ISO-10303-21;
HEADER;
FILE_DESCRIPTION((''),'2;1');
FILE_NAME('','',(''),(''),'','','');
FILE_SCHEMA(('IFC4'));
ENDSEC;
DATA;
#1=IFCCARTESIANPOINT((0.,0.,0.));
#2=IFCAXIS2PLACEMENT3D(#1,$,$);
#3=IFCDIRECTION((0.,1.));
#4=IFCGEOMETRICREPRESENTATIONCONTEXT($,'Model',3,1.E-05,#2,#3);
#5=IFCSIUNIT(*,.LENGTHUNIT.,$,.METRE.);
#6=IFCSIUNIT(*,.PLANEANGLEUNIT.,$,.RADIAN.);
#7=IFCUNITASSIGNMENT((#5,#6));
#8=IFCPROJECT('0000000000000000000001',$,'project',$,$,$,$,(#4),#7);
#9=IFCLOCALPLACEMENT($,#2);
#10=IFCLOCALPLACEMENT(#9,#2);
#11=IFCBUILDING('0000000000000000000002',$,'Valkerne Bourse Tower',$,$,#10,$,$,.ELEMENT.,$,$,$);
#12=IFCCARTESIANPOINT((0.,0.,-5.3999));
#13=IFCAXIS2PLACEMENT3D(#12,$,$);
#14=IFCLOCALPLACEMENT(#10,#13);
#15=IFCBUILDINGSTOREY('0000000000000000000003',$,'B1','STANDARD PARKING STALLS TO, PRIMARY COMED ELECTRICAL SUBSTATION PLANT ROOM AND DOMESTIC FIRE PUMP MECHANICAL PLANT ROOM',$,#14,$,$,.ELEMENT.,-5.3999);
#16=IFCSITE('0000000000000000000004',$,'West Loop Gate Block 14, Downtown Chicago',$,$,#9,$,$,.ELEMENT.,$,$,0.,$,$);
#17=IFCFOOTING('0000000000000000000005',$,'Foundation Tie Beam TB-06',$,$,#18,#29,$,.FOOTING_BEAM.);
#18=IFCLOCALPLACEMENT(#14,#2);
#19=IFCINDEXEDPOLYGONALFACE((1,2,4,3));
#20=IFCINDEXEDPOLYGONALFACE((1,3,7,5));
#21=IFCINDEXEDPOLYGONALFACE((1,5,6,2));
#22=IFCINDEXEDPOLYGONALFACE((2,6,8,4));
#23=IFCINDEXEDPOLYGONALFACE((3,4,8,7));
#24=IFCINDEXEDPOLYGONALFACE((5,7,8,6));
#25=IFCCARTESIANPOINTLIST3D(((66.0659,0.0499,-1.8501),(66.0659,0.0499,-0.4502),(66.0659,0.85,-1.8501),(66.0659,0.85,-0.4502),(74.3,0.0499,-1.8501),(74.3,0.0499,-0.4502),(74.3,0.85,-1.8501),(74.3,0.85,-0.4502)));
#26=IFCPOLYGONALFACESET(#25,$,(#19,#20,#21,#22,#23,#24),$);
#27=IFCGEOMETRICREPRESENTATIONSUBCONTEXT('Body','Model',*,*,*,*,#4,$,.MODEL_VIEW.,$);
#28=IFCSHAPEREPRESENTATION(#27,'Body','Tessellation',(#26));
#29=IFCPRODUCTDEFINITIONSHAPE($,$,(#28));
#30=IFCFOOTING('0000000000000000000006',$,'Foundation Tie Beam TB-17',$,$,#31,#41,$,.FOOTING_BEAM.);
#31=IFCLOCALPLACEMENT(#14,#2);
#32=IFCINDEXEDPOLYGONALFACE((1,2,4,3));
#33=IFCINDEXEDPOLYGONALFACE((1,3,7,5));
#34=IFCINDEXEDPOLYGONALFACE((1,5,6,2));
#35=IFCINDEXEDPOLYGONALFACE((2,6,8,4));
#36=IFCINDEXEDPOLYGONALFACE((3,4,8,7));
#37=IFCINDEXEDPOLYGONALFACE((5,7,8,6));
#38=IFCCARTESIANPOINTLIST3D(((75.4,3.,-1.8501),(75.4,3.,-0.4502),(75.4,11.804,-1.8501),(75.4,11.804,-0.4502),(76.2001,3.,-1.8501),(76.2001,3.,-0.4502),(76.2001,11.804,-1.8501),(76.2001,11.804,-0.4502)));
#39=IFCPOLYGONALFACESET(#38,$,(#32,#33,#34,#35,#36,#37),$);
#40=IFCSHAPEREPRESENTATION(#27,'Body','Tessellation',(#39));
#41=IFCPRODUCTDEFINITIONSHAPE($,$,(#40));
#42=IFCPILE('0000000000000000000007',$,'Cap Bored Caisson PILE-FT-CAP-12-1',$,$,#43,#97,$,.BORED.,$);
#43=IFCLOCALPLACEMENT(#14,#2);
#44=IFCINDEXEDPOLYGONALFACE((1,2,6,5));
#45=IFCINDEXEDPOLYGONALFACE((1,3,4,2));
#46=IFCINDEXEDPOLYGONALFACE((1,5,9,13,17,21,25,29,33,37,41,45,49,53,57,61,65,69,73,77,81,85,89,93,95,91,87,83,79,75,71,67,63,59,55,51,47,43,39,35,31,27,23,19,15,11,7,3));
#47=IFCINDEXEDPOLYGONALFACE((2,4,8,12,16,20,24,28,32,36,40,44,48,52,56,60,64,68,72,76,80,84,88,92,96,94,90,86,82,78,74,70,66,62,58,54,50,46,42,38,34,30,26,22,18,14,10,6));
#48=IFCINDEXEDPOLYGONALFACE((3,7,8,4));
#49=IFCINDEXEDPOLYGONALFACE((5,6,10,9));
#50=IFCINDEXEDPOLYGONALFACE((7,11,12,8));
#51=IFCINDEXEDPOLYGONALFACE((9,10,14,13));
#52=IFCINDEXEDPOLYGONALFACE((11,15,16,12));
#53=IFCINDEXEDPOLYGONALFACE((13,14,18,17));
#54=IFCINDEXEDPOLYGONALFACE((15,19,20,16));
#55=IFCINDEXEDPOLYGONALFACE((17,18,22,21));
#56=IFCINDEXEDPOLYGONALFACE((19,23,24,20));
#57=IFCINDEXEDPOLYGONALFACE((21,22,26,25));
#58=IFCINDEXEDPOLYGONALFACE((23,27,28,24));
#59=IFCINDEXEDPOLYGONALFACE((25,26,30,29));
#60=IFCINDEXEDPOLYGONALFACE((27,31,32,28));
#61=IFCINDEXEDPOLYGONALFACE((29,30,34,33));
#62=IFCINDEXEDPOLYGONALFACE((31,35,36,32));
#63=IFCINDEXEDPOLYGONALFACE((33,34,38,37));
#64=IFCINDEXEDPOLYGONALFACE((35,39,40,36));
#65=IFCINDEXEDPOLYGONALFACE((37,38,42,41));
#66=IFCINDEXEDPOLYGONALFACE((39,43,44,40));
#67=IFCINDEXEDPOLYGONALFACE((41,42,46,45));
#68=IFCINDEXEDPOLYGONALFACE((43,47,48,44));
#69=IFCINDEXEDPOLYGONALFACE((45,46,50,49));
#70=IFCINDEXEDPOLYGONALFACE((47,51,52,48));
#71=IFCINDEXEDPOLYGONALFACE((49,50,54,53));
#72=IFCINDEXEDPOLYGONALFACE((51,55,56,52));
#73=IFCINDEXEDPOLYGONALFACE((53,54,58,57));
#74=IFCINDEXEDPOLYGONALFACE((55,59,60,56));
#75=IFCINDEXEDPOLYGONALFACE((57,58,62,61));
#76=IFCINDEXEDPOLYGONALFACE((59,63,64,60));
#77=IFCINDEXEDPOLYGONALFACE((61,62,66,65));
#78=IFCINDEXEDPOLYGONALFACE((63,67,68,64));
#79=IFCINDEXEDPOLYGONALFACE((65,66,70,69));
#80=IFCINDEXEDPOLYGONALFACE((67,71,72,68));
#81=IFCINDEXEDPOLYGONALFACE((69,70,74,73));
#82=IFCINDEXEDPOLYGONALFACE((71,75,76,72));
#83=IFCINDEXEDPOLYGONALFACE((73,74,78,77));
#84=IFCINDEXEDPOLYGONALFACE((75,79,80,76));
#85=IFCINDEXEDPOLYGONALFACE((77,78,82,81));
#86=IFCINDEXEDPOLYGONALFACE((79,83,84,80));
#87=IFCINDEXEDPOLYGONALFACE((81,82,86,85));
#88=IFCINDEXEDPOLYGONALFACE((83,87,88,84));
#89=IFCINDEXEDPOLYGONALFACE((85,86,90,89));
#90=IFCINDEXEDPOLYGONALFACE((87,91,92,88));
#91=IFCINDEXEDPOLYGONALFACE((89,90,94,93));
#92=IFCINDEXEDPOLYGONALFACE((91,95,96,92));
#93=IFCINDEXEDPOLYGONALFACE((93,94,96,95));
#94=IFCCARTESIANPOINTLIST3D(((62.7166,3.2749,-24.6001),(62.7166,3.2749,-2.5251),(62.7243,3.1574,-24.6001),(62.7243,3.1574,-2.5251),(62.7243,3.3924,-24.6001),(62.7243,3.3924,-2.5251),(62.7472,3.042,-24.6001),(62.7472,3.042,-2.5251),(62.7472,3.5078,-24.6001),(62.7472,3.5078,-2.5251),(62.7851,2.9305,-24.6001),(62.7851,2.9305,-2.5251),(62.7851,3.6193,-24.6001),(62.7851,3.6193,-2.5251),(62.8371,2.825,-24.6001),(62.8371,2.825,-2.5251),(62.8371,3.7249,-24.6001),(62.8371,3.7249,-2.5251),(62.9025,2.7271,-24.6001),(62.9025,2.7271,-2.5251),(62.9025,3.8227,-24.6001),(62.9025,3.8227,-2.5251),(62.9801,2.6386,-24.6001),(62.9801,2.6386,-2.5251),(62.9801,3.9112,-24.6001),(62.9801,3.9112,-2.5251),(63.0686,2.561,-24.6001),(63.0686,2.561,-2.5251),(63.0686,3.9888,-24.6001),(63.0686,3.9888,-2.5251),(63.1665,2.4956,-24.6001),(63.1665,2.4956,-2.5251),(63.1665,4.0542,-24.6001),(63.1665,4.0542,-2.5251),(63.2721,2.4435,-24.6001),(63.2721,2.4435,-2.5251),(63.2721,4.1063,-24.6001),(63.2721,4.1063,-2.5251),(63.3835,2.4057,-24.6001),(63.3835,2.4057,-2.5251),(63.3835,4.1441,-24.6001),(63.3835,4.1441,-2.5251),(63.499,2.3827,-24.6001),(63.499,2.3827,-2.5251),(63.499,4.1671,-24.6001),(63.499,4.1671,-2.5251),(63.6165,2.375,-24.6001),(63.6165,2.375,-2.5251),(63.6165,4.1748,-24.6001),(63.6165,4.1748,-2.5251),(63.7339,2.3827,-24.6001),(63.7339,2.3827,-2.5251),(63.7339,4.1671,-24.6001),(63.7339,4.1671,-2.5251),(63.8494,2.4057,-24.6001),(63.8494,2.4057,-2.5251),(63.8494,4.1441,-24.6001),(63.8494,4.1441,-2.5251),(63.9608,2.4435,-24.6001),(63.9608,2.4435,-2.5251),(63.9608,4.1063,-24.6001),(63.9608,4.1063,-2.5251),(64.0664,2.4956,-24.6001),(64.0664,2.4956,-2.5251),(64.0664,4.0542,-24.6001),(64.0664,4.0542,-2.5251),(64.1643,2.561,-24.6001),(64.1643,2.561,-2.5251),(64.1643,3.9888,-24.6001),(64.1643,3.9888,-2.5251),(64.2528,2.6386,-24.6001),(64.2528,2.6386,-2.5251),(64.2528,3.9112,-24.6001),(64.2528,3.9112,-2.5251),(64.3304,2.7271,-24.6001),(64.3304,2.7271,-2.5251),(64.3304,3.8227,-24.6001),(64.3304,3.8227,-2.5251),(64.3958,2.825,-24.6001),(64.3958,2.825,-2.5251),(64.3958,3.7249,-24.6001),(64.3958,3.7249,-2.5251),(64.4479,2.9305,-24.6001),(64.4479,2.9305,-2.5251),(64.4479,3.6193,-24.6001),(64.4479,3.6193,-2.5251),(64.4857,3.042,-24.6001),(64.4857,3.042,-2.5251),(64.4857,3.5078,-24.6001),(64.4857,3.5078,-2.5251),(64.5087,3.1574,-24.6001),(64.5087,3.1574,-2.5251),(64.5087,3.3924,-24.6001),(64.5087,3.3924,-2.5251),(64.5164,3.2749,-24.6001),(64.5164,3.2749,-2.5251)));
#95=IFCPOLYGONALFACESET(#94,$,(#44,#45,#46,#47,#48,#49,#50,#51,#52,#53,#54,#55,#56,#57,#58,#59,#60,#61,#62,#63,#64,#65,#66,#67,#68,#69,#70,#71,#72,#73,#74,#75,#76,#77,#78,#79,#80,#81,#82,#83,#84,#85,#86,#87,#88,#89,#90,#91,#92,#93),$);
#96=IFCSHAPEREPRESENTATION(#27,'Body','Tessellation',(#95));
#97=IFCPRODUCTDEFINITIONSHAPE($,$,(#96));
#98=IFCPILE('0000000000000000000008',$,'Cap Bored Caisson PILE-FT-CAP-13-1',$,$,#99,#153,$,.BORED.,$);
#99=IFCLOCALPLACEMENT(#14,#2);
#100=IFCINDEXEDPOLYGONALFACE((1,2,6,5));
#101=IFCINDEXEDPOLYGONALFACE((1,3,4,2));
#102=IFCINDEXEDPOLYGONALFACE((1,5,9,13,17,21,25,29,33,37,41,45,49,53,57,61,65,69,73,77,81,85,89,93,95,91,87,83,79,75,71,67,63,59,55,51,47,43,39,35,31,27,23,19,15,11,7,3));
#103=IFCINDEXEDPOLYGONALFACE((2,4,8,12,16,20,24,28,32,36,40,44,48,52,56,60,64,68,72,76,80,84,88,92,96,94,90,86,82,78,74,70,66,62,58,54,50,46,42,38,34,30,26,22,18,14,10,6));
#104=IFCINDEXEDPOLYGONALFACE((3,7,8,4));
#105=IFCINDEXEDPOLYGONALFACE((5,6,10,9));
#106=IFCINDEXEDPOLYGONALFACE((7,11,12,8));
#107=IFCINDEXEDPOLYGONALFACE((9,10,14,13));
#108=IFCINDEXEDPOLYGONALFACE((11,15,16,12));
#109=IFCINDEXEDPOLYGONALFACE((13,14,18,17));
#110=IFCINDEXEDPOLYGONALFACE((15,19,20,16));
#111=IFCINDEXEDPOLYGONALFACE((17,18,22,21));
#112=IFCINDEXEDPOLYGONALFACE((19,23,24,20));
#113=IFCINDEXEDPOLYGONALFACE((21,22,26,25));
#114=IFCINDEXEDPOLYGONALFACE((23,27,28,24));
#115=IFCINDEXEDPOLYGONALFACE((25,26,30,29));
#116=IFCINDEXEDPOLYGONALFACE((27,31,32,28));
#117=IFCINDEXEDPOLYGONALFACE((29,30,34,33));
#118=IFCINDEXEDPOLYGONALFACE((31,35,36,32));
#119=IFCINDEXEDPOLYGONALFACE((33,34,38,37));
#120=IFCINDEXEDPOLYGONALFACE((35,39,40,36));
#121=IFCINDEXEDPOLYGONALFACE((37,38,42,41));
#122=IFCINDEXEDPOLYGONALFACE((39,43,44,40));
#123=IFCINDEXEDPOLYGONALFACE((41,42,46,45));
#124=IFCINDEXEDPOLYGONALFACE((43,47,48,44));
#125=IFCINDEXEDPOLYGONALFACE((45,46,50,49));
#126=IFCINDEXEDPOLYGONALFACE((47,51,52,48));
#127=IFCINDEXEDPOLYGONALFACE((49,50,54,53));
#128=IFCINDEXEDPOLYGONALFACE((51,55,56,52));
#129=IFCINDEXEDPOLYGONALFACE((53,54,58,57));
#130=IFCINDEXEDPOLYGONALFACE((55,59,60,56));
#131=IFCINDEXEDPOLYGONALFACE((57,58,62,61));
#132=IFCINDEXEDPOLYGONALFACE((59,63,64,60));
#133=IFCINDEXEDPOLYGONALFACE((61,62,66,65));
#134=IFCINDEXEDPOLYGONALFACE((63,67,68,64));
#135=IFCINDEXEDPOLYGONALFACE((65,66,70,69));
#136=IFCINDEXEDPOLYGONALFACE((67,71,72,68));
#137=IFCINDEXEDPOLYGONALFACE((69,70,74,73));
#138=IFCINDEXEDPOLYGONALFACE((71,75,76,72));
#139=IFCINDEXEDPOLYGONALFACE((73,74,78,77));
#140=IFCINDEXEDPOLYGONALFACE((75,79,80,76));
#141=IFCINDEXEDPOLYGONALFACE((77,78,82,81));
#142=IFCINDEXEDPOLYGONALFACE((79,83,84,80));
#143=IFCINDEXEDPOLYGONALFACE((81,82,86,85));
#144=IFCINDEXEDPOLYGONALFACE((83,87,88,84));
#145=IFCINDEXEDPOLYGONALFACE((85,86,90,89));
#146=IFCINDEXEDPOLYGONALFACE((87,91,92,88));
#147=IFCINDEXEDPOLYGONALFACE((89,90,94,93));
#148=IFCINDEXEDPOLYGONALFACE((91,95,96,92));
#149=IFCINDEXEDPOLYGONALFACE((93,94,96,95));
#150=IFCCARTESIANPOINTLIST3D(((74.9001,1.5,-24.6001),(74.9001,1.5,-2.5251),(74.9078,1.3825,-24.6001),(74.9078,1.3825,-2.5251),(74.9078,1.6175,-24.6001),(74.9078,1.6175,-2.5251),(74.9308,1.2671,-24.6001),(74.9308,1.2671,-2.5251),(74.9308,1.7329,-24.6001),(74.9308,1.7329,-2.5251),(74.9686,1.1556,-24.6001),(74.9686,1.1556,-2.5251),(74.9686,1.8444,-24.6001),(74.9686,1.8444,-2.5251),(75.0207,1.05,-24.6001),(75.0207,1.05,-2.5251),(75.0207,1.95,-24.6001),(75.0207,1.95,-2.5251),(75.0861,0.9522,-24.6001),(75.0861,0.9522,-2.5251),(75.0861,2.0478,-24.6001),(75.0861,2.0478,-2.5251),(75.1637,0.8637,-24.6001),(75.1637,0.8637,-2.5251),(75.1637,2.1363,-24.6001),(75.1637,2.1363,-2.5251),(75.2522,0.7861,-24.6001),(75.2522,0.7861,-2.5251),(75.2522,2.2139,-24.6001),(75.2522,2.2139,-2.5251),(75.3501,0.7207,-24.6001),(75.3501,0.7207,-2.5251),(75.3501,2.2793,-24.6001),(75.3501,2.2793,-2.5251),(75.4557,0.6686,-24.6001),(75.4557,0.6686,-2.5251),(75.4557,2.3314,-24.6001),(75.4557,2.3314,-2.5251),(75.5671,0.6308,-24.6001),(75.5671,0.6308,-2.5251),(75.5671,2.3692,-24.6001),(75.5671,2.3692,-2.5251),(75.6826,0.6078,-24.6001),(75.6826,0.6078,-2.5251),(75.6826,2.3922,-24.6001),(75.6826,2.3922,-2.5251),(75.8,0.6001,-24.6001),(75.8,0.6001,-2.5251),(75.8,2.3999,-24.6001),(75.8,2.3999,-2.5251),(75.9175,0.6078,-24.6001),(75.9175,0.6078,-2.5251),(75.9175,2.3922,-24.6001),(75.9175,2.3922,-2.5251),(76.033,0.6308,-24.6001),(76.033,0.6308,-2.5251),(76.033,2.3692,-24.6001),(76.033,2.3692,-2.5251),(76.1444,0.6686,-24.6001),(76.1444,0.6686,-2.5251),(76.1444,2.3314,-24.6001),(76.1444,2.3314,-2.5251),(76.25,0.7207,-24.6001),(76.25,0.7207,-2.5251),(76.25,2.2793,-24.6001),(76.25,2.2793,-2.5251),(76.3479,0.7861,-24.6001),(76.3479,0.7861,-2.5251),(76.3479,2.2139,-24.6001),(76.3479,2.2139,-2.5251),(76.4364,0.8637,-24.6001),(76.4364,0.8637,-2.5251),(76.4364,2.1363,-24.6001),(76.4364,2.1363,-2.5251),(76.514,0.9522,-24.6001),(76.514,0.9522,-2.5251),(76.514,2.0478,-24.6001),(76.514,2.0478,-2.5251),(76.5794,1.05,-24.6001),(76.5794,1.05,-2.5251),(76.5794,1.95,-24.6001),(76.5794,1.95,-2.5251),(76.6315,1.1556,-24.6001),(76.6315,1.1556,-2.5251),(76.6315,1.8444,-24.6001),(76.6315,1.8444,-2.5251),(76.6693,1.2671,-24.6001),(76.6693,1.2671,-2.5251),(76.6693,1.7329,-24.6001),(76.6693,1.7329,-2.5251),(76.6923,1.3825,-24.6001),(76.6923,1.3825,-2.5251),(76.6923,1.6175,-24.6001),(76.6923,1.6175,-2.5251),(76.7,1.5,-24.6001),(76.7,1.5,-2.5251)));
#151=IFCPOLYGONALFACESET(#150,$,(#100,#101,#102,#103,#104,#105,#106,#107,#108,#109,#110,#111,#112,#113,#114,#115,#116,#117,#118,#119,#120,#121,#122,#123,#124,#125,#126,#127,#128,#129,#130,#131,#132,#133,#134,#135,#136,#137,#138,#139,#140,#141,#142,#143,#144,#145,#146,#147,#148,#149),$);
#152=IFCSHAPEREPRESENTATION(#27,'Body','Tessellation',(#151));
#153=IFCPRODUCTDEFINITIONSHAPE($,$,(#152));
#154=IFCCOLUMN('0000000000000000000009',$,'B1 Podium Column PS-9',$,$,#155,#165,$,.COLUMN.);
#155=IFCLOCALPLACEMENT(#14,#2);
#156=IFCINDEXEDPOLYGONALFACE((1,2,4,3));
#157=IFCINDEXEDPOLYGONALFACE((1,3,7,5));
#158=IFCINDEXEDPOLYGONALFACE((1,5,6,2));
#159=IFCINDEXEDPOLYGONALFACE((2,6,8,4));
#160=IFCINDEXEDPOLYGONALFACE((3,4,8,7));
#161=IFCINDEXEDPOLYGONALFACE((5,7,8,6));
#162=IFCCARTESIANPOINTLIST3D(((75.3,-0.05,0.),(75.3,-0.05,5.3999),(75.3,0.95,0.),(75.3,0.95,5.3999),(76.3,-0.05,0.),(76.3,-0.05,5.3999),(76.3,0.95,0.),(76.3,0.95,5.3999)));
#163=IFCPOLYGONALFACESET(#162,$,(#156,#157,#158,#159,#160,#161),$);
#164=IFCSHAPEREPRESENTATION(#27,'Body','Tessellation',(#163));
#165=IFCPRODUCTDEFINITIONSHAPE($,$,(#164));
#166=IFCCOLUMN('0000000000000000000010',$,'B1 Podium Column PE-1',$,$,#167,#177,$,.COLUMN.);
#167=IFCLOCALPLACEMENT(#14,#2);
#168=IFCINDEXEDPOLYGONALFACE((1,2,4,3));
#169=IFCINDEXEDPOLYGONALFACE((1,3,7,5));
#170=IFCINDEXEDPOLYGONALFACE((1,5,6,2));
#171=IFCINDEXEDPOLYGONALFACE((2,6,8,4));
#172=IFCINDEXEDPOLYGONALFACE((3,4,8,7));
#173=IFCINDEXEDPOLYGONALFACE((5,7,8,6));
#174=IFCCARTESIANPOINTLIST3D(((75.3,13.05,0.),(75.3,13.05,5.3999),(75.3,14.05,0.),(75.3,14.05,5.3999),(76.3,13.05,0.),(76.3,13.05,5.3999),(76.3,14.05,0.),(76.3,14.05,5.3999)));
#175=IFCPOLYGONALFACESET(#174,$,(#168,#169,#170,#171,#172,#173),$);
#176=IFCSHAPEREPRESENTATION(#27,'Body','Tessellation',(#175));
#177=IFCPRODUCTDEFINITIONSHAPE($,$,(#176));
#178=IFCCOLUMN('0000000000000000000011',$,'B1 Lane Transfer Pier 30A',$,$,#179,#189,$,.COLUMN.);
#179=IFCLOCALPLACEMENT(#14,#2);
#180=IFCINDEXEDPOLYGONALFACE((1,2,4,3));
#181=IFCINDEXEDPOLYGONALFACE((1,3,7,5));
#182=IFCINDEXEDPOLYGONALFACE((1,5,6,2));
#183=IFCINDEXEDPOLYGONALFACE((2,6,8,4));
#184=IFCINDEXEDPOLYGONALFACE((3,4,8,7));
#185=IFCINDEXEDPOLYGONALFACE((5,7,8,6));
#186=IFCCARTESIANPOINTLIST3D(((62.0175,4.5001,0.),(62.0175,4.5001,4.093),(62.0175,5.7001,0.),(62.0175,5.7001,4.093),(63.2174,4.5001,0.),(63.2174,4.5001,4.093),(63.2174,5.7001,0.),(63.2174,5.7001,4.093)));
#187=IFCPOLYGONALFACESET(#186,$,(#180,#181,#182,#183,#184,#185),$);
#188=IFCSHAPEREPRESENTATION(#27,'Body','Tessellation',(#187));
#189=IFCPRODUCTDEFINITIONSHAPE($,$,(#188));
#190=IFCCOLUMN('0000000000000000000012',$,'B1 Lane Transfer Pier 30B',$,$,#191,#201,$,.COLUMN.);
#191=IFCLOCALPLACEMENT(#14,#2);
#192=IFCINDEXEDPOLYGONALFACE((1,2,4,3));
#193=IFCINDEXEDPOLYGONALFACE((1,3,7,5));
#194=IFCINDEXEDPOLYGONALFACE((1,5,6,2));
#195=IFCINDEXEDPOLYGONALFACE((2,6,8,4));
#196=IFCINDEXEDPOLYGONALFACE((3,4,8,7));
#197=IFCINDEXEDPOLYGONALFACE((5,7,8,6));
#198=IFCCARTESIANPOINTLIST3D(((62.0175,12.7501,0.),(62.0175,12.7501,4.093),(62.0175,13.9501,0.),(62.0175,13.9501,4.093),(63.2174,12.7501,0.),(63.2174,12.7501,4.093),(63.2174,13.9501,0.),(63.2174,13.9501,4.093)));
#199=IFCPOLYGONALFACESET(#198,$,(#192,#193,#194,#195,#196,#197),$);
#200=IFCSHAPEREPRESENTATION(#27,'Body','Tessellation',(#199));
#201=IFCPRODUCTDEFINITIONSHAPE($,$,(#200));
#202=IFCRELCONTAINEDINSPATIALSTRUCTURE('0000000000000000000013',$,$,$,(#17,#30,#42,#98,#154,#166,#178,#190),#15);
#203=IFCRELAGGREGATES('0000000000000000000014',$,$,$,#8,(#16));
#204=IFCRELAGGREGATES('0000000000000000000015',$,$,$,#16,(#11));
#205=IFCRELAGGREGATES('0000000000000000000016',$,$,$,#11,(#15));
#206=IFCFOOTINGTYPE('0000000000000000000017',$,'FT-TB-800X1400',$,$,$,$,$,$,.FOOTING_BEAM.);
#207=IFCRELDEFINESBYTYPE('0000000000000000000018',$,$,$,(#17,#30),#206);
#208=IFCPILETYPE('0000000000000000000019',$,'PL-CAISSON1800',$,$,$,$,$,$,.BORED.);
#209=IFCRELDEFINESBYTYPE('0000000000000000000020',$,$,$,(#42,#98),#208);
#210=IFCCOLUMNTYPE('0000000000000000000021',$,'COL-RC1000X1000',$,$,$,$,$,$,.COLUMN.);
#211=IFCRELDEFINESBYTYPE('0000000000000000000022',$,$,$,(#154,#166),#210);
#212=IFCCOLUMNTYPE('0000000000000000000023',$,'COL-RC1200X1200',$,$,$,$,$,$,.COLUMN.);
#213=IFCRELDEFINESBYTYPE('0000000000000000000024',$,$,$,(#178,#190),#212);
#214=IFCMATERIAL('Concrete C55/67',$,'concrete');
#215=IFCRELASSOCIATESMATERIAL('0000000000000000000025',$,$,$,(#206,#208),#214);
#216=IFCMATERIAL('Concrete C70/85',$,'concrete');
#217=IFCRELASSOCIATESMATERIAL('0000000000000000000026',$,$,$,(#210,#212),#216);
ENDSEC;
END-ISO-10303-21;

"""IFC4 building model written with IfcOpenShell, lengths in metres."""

from ifc_helpers import new_model, si_unit, direction, frame, origin, origin_2d, place, context, subcontext, project, spatial, rectangle, circle, extrude, material, material_profile, profile_set, type_object, element, save


model = new_model("IFC4")

# Units and contexts
model_context = context("Model", 3, precision=1e-05, world=origin(), true_north=direction((0.0, 1.0)))
body_context = subcontext(model_context, "Body", "Model", "MODEL_VIEW")
ifc_project = project(units=[si_unit("LENGTHUNIT", "METRE"), si_unit("PLANEANGLEUNIT", "RADIAN")], contexts=[model_context])

# Site, building, storey
site_placement = place(None, origin())
site = spatial("IfcSite", under=ifc_project, at=site_placement, Name="West Loop Gate Block 14, Downtown Chicago", CompositionType="ELEMENT", RefElevation=0.0)
building_placement = place(site_placement, origin())
building = spatial("IfcBuilding", under=site, at=building_placement, Name="Valkerne Bourse Tower", CompositionType="ELEMENT")
storey_placement = place(building_placement, frame((0.0, 0.0, -5.3999)))
storey = spatial("IfcBuildingStorey", under=building, at=storey_placement, Name="B1", Description="STANDARD PARKING STALLS TO, PRIMARY COMED ELECTRICAL SUBSTATION PLANT ROOM AND DOMESTIC FIRE PUMP MECHANICAL PLANT ROOM", CompositionType="ELEMENT", Elevation=-5.3999)

# Footings
ifc_material_1 = material(Name="Concrete C55/67", Category="concrete")
ifc_material_profile_1 = material_profile(ifc_material_1, rectangle(XDim=0.8, YDim=1.3999, at=origin_2d()), Name="RC800X1400")
ifc_profile_set_1 = profile_set([ifc_material_profile_1], Name="Concrete C55/67")
footing_type = type_object("IfcFootingType", Name="FT-TB-800X1400", PredefinedType="FOOTING_BEAM", material=ifc_profile_set_1)
footing_1_placement = place(storey_placement, frame((66.0659, 0.45, -1.1501), z_axis=(1.0, 0.0, 0.0), x_axis=(0.0, 1.0, 0.0)))
element("IfcFooting", 1, at=footing_1_placement, inside=storey, type_object=footing_type, Name="Foundation Tie Beam TB-06", PredefinedType="FOOTING_BEAM", context=body_context, shape_type="SweptSolid", body=[
    extrude(rectangle(XDim=0.8, YDim=1.3999, at=origin_2d()), origin(), (0.0, 0.0, 1.0), 8.2341),
])
footing_2_placement = place(storey_placement, frame((75.8, 3.0, -1.1501), z_axis=(0.0, 1.0, 0.0), x_axis=(-1.0, 0.0, 0.0)))
element("IfcFooting", 2, at=footing_2_placement, inside=storey, type_object=footing_type, Name="Foundation Tie Beam TB-17", PredefinedType="FOOTING_BEAM", context=body_context, shape_type="SweptSolid", body=[
    extrude(rectangle(XDim=0.8, YDim=1.3999, at=origin_2d()), origin(), (0.0, 0.0, 1.0), 8.804),
])

# Piles
ifc_material_profile_2 = material_profile(ifc_material_1, circle(Radius=0.8999, at=origin_2d()), Name="CAISSON1800")
ifc_profile_set_2 = profile_set([ifc_material_profile_2], Name="Concrete C55/67")
pile_type = type_object("IfcPileType", Name="PL-CAISSON1800", PredefinedType="BORED", material=ifc_profile_set_2)
for number, where, z_axis, x_axis, name in (
    (3, (63.6165, 3.2749, -2.5251), (0.0, 0.0, -1.0), (1.0, 0.0, 0.0), "Cap Bored Caisson PILE-FT-CAP-12-1"),
    (4, (75.8, 1.5, -2.5251), (0.0, 0.0, -1.0), (1.0, 0.0, 0.0), "Cap Bored Caisson PILE-FT-CAP-13-1"),
):
    element("IfcPile", number, at=place(storey_placement, frame(where, z_axis=z_axis, x_axis=x_axis)), inside=storey, type_object=pile_type, Name=name, PredefinedType="BORED", context=body_context, shape_type="SweptSolid", body=[
        extrude(circle(Radius=0.8999, at=origin_2d()), origin(), (0.0, 0.0, 1.0), 22.075),
    ])

# Columns
ifc_material_2 = material(Name="Concrete C70/85", Category="concrete")
ifc_material_profile_3 = material_profile(ifc_material_2, rectangle(XDim=1.0, YDim=1.0, at=origin_2d()), Name="RC1000X1000")
ifc_profile_set_3 = profile_set([ifc_material_profile_3], Name="Concrete C70/85")
column_type_1 = type_object("IfcColumnType", Name="COL-RC1000X1000", PredefinedType="COLUMN", material=ifc_profile_set_3)
for number, where, z_axis, x_axis, name in (
    (5, (75.8, 0.45, 0.0), (0.0, 0.0, 1.0), (1.0, 0.0, 0.0), "B1 Podium Column PS-9"),
    (6, (75.8, 13.55, 0.0), (0.0, 0.0, 1.0), (1.0, 0.0, 0.0), "B1 Podium Column PE-1"),
):
    element("IfcColumn", number, at=place(storey_placement, frame(where, z_axis=z_axis, x_axis=x_axis)), inside=storey, type_object=column_type_1, Name=name, PredefinedType="COLUMN", context=body_context, shape_type="SweptSolid", body=[
        extrude(rectangle(XDim=1.0, YDim=1.0, at=origin_2d()), origin(), (0.0, 0.0, 1.0), 5.3999),
    ])
ifc_material_profile_4 = material_profile(ifc_material_2, rectangle(XDim=1.2, YDim=1.2, at=origin_2d()), Name="RC1200X1200")
ifc_profile_set_4 = profile_set([ifc_material_profile_4], Name="Concrete C70/85")
column_type_2 = type_object("IfcColumnType", Name="COL-RC1200X1200", PredefinedType="COLUMN", material=ifc_profile_set_4)
for number, where, z_axis, x_axis, name in (
    (7, (62.6174, 5.1001, 0.0), (0.0, 0.0, 1.0), (1.0, 0.0, 0.0), "B1 Lane Transfer Pier 30A"),
    (8, (62.6174, 13.3501, 0.0), (0.0, 0.0, 1.0), (1.0, 0.0, 0.0), "B1 Lane Transfer Pier 30B"),
):
    element("IfcColumn", number, at=place(storey_placement, frame(where, z_axis=z_axis, x_axis=x_axis)), inside=storey, type_object=column_type_2, Name=name, PredefinedType="COLUMN", context=body_context, shape_type="SweptSolid", body=[
        extrude(rectangle(XDim=1.2, YDim=1.2, at=origin_2d()), origin(), (0.0, 0.0, 1.0), 4.093),
    ])

save(model, "model.ifc")
